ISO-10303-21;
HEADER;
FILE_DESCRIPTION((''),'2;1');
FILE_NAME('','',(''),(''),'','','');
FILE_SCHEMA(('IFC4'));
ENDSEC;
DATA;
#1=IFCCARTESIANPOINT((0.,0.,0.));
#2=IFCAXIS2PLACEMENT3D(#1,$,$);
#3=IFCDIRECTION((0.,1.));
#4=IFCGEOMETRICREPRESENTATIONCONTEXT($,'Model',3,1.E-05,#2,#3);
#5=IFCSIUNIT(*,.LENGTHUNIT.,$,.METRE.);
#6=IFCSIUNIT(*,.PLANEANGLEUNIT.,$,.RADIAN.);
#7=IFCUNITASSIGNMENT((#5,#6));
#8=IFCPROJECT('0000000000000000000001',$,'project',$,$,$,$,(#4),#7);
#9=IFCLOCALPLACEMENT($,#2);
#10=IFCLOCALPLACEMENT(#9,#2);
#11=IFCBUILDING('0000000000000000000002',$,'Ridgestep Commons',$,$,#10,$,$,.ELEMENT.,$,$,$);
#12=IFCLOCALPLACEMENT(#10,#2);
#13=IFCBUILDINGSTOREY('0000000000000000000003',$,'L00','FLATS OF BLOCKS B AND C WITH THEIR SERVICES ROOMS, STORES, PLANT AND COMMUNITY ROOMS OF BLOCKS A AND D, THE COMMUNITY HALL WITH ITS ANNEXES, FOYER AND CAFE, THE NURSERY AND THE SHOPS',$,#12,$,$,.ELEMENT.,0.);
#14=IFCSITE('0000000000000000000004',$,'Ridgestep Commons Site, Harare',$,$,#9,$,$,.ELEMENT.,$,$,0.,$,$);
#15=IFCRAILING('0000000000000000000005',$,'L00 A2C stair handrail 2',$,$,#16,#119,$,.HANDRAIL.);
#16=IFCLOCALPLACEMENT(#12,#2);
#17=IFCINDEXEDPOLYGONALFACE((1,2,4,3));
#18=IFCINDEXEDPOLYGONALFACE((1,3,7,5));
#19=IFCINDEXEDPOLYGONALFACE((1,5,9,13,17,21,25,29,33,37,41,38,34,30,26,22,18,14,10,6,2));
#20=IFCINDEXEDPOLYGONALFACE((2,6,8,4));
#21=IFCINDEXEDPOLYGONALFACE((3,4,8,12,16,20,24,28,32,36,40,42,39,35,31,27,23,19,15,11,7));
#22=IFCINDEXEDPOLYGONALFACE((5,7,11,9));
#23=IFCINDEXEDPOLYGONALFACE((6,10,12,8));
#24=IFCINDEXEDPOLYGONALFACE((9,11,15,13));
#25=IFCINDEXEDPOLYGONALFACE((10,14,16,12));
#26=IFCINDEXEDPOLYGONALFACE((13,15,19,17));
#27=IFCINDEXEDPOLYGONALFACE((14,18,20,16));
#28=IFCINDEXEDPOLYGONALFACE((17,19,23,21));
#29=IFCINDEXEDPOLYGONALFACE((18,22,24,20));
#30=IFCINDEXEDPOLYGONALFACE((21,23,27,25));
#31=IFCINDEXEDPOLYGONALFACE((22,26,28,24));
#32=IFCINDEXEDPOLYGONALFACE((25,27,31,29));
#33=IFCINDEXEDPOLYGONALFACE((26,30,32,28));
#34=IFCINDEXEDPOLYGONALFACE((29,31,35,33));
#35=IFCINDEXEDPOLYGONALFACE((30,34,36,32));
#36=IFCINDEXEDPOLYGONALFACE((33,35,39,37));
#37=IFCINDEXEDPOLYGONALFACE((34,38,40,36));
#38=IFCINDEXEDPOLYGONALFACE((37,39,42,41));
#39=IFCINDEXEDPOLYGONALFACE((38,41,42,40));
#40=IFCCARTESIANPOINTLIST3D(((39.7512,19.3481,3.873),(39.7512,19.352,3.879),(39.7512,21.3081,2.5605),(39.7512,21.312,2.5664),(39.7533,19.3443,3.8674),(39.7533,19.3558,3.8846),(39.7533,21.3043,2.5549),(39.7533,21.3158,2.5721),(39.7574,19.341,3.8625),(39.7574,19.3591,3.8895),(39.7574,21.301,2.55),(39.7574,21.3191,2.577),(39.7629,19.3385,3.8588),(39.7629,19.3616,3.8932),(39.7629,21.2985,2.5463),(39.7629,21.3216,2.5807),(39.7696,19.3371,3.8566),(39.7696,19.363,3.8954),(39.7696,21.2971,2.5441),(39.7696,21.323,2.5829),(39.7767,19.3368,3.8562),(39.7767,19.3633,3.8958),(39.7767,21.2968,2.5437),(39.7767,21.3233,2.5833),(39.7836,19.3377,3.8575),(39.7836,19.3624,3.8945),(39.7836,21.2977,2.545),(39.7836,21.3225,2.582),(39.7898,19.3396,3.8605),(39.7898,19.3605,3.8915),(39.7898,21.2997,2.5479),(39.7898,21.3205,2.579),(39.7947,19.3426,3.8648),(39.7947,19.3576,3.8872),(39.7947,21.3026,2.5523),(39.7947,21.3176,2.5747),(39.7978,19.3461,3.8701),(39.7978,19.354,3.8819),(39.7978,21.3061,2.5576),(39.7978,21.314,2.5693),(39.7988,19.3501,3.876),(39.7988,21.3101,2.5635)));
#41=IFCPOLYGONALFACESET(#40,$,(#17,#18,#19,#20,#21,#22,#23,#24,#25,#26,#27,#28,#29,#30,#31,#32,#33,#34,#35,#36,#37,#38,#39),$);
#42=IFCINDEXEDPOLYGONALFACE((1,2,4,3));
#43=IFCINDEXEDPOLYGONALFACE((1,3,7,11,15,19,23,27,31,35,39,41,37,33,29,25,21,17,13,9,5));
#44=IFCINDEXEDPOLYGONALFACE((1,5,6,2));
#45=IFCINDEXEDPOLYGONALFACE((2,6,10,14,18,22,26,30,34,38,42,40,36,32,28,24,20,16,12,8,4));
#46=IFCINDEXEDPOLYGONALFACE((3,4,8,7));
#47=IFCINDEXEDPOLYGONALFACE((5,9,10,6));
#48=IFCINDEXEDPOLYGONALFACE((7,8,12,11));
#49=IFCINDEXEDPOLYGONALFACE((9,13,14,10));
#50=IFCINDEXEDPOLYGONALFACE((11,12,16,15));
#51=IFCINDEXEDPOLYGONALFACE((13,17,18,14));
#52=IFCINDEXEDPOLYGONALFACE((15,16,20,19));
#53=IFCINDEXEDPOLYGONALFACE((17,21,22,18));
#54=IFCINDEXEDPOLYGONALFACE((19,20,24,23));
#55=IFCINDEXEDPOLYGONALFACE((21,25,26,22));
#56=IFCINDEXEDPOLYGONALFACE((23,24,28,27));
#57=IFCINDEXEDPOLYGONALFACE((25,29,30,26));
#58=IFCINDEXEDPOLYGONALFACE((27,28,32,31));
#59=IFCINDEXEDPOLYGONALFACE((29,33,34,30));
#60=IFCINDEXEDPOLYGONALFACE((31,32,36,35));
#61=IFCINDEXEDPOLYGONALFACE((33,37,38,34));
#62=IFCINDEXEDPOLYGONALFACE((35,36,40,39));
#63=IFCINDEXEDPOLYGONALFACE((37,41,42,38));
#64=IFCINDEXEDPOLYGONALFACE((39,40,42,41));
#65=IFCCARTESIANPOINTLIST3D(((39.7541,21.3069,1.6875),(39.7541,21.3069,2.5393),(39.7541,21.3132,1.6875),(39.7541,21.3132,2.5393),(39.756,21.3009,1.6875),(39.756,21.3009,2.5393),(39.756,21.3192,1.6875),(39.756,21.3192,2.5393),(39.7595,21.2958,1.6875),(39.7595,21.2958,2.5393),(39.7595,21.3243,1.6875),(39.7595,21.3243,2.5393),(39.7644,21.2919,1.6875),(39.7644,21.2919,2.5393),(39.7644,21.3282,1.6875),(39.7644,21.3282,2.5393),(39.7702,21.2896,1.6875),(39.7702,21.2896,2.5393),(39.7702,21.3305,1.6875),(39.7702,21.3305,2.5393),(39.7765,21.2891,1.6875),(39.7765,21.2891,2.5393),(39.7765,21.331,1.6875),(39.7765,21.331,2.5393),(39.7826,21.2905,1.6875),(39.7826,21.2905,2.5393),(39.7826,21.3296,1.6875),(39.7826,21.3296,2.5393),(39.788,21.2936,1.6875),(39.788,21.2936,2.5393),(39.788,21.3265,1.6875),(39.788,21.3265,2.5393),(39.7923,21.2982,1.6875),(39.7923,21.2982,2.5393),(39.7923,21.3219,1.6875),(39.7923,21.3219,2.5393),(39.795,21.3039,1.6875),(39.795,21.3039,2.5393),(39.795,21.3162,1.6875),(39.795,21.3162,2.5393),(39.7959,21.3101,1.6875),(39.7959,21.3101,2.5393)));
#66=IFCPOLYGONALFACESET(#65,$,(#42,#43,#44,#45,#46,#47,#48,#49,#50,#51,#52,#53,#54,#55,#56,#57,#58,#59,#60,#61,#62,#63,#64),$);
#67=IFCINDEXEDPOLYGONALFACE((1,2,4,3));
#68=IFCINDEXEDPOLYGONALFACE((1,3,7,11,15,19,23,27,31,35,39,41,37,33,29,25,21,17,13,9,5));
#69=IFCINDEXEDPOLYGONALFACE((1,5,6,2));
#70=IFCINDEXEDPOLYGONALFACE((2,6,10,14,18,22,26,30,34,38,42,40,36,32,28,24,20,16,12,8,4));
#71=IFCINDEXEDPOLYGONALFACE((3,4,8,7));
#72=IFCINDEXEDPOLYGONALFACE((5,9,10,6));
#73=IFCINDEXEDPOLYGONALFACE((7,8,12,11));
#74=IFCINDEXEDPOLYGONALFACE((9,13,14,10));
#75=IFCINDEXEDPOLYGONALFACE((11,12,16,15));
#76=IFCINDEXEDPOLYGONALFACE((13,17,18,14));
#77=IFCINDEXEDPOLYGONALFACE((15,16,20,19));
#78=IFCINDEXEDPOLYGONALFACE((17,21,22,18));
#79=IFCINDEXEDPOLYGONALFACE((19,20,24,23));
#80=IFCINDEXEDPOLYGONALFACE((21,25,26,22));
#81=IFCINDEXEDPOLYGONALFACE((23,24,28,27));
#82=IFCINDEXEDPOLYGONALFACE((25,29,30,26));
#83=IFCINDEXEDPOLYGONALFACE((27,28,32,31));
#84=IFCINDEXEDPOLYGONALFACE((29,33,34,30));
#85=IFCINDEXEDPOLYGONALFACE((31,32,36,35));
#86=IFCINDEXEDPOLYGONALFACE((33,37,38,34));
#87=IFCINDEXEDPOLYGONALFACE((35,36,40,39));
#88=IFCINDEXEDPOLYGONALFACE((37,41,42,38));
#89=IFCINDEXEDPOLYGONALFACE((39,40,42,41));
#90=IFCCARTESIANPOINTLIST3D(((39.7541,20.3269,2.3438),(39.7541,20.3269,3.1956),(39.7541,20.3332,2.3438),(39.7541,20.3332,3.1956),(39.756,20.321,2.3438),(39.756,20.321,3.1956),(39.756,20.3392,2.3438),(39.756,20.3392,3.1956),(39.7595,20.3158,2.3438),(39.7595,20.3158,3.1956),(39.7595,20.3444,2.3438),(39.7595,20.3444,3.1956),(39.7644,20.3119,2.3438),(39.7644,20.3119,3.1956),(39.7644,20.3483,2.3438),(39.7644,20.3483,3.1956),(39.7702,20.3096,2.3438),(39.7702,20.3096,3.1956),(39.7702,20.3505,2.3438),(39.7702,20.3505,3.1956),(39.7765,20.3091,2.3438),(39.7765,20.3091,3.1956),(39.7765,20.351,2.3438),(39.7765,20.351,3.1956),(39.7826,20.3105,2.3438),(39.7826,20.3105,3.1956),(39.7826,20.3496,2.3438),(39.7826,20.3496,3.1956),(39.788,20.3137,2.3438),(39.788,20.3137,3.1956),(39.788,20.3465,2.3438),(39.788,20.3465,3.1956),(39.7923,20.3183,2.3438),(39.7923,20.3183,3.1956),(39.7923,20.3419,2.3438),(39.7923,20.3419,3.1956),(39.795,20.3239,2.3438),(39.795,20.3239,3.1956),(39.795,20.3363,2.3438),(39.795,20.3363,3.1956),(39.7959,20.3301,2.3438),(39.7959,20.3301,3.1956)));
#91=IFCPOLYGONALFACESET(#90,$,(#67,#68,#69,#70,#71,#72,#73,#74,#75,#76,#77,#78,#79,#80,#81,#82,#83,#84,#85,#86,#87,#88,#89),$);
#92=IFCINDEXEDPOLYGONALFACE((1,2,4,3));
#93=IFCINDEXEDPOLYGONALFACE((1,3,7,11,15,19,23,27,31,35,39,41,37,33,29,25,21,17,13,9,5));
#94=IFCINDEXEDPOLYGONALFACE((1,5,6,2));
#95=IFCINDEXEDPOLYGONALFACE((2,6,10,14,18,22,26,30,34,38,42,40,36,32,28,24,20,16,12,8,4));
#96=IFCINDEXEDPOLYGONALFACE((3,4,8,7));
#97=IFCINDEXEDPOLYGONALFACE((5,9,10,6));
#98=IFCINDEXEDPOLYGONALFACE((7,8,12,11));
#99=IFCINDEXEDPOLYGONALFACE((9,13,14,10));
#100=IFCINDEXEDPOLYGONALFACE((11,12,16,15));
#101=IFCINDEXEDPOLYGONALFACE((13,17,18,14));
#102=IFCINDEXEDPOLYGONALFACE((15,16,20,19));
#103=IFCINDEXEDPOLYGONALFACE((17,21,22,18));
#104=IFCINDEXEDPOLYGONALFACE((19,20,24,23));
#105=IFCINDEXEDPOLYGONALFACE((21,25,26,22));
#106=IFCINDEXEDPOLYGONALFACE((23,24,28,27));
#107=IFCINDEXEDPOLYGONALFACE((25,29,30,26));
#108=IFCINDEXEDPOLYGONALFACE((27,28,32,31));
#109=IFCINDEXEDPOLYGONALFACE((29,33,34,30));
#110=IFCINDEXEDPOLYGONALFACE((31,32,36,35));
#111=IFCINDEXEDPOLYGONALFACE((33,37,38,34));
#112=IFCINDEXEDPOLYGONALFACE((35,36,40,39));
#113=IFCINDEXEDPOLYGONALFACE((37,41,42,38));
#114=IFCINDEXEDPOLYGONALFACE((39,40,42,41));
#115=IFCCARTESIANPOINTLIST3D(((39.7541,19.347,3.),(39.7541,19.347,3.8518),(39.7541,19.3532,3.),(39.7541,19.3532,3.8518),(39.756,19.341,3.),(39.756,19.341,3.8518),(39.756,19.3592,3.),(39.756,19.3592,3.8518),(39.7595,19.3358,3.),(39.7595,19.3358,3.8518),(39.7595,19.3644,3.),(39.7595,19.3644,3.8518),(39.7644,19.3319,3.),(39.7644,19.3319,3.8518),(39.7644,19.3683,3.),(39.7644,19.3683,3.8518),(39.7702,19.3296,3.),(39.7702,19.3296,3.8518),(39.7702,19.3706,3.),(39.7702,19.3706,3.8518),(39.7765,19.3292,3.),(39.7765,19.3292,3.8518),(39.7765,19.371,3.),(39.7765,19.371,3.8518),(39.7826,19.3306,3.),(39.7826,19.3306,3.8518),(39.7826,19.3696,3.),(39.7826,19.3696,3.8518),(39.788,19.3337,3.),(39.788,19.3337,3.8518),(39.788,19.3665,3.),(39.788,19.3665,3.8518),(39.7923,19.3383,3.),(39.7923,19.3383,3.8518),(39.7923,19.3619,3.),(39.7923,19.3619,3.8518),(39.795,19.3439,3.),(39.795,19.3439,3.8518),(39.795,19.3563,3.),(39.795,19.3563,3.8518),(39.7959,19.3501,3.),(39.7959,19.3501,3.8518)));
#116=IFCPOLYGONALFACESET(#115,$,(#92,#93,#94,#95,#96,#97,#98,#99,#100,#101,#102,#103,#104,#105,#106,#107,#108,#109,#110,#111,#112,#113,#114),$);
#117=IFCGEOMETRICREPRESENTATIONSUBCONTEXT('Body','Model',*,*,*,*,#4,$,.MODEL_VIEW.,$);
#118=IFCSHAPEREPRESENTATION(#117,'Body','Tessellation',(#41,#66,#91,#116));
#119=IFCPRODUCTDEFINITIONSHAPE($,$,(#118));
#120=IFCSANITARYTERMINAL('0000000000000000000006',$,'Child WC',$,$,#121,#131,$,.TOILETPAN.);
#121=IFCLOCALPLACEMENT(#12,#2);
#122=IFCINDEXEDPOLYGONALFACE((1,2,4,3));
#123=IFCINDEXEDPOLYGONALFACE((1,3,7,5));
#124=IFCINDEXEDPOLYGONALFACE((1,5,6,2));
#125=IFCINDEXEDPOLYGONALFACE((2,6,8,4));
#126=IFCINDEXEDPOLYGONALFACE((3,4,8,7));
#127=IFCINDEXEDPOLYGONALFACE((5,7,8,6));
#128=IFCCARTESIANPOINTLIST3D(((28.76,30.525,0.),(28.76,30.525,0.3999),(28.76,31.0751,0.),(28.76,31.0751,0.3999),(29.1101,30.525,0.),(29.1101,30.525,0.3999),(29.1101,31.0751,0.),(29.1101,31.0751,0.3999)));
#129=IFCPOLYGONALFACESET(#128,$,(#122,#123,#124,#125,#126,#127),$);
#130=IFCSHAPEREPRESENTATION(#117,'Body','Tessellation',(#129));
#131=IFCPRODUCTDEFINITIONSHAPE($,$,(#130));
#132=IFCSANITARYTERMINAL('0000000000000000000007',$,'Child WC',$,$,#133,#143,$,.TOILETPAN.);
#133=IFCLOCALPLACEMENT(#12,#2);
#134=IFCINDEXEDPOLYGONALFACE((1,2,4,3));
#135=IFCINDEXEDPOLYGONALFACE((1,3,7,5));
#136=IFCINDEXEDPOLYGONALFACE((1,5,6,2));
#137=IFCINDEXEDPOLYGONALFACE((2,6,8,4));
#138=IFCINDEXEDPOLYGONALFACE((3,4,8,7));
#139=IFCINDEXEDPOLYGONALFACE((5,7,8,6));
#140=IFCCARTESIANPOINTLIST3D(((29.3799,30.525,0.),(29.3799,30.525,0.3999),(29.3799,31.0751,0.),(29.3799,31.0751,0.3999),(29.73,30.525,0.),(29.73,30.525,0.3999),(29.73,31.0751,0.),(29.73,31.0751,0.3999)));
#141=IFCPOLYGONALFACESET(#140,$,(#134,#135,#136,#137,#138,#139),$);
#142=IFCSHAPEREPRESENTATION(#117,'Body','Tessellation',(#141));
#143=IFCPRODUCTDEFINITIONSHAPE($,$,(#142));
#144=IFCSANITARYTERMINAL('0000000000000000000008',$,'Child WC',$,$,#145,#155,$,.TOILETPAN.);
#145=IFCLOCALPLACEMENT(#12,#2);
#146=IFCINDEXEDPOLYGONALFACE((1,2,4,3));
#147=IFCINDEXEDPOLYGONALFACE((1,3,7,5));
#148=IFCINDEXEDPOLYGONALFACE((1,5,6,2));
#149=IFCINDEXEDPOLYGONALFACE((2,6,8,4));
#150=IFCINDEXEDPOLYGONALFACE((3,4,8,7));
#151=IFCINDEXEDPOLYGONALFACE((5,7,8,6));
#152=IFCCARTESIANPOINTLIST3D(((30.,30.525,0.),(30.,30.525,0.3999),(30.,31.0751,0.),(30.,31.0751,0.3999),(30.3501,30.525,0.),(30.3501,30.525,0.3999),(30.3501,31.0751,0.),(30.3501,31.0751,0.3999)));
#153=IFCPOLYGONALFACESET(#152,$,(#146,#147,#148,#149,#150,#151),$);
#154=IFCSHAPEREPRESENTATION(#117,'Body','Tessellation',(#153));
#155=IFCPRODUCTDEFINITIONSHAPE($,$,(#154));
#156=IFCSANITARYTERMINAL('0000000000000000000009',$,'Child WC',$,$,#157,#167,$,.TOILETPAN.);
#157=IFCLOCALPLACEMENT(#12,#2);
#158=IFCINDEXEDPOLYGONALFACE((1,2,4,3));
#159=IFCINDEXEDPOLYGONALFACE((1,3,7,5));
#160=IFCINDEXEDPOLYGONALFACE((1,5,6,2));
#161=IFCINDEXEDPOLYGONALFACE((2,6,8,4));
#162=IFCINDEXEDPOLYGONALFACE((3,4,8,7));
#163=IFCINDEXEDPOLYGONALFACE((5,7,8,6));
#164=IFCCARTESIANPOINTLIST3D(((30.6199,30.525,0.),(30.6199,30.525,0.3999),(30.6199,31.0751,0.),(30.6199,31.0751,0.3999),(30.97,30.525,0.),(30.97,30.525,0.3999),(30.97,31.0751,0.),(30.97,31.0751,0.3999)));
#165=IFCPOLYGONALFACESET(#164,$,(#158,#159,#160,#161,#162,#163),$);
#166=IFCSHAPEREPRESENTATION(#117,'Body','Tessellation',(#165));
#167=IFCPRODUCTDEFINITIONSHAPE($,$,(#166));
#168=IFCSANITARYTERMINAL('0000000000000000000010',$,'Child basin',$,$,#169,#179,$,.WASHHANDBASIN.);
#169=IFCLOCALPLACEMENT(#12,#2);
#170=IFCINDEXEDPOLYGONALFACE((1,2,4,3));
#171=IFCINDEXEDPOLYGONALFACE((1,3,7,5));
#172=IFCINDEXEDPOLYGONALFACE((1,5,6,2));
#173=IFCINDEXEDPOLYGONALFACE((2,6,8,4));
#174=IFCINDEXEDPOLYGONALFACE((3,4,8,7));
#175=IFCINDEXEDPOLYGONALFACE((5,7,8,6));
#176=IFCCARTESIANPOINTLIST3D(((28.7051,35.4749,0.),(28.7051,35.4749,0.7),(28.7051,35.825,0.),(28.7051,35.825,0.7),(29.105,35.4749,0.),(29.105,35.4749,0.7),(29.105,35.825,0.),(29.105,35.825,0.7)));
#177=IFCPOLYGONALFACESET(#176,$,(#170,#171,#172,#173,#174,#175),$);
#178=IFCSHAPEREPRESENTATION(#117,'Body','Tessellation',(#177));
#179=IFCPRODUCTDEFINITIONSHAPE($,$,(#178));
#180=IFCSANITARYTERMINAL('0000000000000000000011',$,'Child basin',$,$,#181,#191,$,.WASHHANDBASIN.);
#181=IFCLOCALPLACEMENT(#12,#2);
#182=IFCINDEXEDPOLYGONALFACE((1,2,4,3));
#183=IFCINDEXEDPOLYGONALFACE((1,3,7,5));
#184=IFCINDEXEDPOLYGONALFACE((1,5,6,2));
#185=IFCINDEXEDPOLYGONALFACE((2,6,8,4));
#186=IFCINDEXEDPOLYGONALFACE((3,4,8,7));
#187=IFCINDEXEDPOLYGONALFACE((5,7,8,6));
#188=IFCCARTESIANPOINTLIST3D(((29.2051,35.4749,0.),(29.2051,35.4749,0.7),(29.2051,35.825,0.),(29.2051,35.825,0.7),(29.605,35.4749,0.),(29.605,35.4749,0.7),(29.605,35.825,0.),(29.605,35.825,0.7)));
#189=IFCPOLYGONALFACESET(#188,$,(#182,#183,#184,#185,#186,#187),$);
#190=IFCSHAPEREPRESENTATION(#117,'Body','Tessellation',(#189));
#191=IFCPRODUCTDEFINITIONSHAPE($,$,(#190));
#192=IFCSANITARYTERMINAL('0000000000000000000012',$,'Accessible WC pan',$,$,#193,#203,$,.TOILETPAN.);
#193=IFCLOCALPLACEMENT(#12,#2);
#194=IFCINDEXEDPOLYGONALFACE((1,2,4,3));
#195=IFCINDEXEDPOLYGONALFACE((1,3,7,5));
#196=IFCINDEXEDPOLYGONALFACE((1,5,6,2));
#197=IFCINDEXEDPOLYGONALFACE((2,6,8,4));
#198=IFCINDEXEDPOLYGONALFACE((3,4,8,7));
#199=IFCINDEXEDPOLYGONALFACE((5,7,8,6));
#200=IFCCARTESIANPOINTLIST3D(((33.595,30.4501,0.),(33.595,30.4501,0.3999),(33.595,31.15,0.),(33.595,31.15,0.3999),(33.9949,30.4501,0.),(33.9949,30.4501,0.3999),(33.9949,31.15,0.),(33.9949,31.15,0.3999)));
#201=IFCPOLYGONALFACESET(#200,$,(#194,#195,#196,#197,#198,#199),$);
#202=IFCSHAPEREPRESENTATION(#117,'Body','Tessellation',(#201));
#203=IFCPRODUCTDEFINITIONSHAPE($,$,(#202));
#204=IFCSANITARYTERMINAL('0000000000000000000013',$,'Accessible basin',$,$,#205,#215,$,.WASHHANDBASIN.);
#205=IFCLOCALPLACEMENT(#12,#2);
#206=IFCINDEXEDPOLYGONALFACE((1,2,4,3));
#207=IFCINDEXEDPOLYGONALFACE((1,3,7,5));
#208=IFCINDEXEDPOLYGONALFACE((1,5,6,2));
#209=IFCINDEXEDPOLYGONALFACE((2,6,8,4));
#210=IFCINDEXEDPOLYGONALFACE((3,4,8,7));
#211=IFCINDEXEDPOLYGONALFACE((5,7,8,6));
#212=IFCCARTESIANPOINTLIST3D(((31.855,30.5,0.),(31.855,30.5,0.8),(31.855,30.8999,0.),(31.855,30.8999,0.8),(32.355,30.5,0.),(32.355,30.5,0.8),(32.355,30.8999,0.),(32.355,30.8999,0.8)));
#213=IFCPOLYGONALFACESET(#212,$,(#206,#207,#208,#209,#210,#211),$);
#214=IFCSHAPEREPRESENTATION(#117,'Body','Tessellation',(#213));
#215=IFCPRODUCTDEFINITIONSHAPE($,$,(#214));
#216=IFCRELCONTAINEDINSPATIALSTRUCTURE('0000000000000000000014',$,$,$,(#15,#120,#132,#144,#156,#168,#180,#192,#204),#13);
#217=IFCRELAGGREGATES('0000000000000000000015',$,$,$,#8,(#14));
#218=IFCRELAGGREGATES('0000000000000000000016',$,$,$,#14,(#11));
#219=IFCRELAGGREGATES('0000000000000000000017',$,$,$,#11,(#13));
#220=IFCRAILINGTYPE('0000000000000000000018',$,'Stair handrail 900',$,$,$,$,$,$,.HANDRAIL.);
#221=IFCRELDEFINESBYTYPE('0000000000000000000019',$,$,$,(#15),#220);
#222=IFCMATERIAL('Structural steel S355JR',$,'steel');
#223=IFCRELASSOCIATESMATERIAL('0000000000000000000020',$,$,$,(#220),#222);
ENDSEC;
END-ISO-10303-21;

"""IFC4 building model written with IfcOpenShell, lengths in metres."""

from ifc_helpers import new_model, si_unit, direction, frame, origin, origin_2d, place, context, subcontext, project, spatial, rectangle, circle, extrude, material, type_object, element, save


model = new_model("IFC4")

# Units and contexts
model_context = context("Model", 3, precision=1e-05, world=origin(), true_north=direction((0.0, 1.0)))
body_context = subcontext(model_context, "Body", "Model", "MODEL_VIEW")
ifc_project = project(units=[si_unit("LENGTHUNIT", "METRE"), si_unit("PLANEANGLEUNIT", "RADIAN")], contexts=[model_context])

# Site, building, storey
site_placement = place(None, origin())
site = spatial("IfcSite", under=ifc_project, at=site_placement, Name="Ridgestep Commons Site, Harare", CompositionType="ELEMENT", RefElevation=0.0)
building_placement = place(site_placement, origin())
building = spatial("IfcBuilding", under=site, at=building_placement, Name="Ridgestep Commons", CompositionType="ELEMENT")
storey_placement = place(building_placement, origin())
storey = spatial("IfcBuildingStorey", under=building, at=storey_placement, Name="L00", Description="FLATS OF BLOCKS B AND C WITH THEIR SERVICES ROOMS, STORES, PLANT AND COMMUNITY ROOMS OF BLOCKS A AND D, THE COMMUNITY HALL WITH ITS ANNEXES, FOYER AND CAFE, THE NURSERY AND THE SHOPS", CompositionType="ELEMENT", Elevation=0.0)

# Railing
ifc_material_1 = material(Name="Structural steel S355JR", Category="steel")
railing_type_1 = type_object("IfcRailingType", Name="Stair handrail 900", PredefinedType="HANDRAIL", material=ifc_material_1)
railing_1_placement = place(storey_placement, frame((39.7749, 21.3101, 1.6875)))
element("IfcRailing", 1, at=railing_1_placement, inside=storey, type_object=railing_type_1, Name="L00 A2C stair handrail 2", PredefinedType="HANDRAIL", context=body_context, shape_type="SweptSolid", body=[
    extrude(circle(Radius=0.0239, at=origin_2d()), frame((0.0, 0.0, 0.876), z_axis=(0.0, -0.830902, 0.556419), x_axis=(1.0, 0.0, 0.0)), (0.0, 0.0, 1.0), 2.3589),
    extrude(circle(Radius=0.021, at=origin_2d()), origin(), (0.0, 0.0, 1.0), 0.8518),
    extrude(circle(Radius=0.021, at=origin_2d()), frame((0.0, -0.98, 0.6562)), (0.0, 0.0, 1.0), 0.8518),
    extrude(circle(Radius=0.021, at=origin_2d()), frame((0.0, -1.96, 1.3125)), (0.0, 0.0, 1.0), 0.8518),
])

# Sanitary terminals
for number, where, z_axis, x_axis, name in (
    (2, (28.9351, 30.8, 0.0), (0.0, 0.0, 1.0), (1.0, 0.0, 0.0), "Child WC"),
    (3, (29.5549, 30.8, 0.0), (0.0, 0.0, 1.0), (1.0, 0.0, 0.0), "Child WC"),
    (4, (30.175, 30.8, 0.0), (0.0, 0.0, 1.0), (1.0, 0.0, 0.0), "Child WC"),
    (5, (30.7949, 30.8, 0.0), (0.0, 0.0, 1.0), (1.0, 0.0, 0.0), "Child WC"),
):
    element("IfcSanitaryTerminal", number, at=place(storey_placement, frame(where, z_axis=z_axis, x_axis=x_axis)), inside=storey, Name=name, PredefinedType="TOILETPAN", context=body_context, shape_type="SweptSolid", body=[
        extrude(rectangle(XDim=0.3501, YDim=0.55, at=origin_2d()), origin(), (0.0, 0.0, 1.0), 0.3999),
    ])
for number, where, z_axis, x_axis, name in (
    (6, (28.905, 35.6499, 0.0), (0.0, 0.0, 1.0), (1.0, 0.0, 0.0), "Child basin"),
    (7, (29.405, 35.6499, 0.0), (0.0, 0.0, 1.0), (1.0, 0.0, 0.0), "Child basin"),
):
    element("IfcSanitaryTerminal", number, at=place(storey_placement, frame(where, z_axis=z_axis, x_axis=x_axis)), inside=storey, Name=name, PredefinedType="WASHHANDBASIN", context=body_context, shape_type="SweptSolid", body=[
        extrude(rectangle(XDim=0.3999, YDim=0.3501, at=origin_2d()), origin(), (0.0, 0.0, 1.0), 0.7),
    ])
sanitary_terminal_1_placement = place(storey_placement, frame((33.7949, 30.8, 0.0), z_axis=(0.0, 0.0, 1.0), x_axis=(1.0, 0.0, 0.0)))
element("IfcSanitaryTerminal", 8, at=sanitary_terminal_1_placement, inside=storey, Name="Accessible WC pan", PredefinedType="TOILETPAN", context=body_context, shape_type="SweptSolid", body=[
    extrude(rectangle(XDim=0.3999, YDim=0.7, at=origin_2d()), origin(), (0.0, 0.0, 1.0), 0.3999),
])
sanitary_terminal_2_placement = place(storey_placement, frame((32.105, 30.7, 0.0), z_axis=(0.0, 0.0, 1.0), x_axis=(1.0, 0.0, 0.0)))
element("IfcSanitaryTerminal", 9, at=sanitary_terminal_2_placement, inside=storey, Name="Accessible basin", PredefinedType="WASHHANDBASIN", context=body_context, shape_type="SweptSolid", body=[
    extrude(rectangle(XDim=0.5, YDim=0.3999, at=origin_2d()), origin(), (0.0, 0.0, 1.0), 0.8),
])

save(model, "model.ifc")
